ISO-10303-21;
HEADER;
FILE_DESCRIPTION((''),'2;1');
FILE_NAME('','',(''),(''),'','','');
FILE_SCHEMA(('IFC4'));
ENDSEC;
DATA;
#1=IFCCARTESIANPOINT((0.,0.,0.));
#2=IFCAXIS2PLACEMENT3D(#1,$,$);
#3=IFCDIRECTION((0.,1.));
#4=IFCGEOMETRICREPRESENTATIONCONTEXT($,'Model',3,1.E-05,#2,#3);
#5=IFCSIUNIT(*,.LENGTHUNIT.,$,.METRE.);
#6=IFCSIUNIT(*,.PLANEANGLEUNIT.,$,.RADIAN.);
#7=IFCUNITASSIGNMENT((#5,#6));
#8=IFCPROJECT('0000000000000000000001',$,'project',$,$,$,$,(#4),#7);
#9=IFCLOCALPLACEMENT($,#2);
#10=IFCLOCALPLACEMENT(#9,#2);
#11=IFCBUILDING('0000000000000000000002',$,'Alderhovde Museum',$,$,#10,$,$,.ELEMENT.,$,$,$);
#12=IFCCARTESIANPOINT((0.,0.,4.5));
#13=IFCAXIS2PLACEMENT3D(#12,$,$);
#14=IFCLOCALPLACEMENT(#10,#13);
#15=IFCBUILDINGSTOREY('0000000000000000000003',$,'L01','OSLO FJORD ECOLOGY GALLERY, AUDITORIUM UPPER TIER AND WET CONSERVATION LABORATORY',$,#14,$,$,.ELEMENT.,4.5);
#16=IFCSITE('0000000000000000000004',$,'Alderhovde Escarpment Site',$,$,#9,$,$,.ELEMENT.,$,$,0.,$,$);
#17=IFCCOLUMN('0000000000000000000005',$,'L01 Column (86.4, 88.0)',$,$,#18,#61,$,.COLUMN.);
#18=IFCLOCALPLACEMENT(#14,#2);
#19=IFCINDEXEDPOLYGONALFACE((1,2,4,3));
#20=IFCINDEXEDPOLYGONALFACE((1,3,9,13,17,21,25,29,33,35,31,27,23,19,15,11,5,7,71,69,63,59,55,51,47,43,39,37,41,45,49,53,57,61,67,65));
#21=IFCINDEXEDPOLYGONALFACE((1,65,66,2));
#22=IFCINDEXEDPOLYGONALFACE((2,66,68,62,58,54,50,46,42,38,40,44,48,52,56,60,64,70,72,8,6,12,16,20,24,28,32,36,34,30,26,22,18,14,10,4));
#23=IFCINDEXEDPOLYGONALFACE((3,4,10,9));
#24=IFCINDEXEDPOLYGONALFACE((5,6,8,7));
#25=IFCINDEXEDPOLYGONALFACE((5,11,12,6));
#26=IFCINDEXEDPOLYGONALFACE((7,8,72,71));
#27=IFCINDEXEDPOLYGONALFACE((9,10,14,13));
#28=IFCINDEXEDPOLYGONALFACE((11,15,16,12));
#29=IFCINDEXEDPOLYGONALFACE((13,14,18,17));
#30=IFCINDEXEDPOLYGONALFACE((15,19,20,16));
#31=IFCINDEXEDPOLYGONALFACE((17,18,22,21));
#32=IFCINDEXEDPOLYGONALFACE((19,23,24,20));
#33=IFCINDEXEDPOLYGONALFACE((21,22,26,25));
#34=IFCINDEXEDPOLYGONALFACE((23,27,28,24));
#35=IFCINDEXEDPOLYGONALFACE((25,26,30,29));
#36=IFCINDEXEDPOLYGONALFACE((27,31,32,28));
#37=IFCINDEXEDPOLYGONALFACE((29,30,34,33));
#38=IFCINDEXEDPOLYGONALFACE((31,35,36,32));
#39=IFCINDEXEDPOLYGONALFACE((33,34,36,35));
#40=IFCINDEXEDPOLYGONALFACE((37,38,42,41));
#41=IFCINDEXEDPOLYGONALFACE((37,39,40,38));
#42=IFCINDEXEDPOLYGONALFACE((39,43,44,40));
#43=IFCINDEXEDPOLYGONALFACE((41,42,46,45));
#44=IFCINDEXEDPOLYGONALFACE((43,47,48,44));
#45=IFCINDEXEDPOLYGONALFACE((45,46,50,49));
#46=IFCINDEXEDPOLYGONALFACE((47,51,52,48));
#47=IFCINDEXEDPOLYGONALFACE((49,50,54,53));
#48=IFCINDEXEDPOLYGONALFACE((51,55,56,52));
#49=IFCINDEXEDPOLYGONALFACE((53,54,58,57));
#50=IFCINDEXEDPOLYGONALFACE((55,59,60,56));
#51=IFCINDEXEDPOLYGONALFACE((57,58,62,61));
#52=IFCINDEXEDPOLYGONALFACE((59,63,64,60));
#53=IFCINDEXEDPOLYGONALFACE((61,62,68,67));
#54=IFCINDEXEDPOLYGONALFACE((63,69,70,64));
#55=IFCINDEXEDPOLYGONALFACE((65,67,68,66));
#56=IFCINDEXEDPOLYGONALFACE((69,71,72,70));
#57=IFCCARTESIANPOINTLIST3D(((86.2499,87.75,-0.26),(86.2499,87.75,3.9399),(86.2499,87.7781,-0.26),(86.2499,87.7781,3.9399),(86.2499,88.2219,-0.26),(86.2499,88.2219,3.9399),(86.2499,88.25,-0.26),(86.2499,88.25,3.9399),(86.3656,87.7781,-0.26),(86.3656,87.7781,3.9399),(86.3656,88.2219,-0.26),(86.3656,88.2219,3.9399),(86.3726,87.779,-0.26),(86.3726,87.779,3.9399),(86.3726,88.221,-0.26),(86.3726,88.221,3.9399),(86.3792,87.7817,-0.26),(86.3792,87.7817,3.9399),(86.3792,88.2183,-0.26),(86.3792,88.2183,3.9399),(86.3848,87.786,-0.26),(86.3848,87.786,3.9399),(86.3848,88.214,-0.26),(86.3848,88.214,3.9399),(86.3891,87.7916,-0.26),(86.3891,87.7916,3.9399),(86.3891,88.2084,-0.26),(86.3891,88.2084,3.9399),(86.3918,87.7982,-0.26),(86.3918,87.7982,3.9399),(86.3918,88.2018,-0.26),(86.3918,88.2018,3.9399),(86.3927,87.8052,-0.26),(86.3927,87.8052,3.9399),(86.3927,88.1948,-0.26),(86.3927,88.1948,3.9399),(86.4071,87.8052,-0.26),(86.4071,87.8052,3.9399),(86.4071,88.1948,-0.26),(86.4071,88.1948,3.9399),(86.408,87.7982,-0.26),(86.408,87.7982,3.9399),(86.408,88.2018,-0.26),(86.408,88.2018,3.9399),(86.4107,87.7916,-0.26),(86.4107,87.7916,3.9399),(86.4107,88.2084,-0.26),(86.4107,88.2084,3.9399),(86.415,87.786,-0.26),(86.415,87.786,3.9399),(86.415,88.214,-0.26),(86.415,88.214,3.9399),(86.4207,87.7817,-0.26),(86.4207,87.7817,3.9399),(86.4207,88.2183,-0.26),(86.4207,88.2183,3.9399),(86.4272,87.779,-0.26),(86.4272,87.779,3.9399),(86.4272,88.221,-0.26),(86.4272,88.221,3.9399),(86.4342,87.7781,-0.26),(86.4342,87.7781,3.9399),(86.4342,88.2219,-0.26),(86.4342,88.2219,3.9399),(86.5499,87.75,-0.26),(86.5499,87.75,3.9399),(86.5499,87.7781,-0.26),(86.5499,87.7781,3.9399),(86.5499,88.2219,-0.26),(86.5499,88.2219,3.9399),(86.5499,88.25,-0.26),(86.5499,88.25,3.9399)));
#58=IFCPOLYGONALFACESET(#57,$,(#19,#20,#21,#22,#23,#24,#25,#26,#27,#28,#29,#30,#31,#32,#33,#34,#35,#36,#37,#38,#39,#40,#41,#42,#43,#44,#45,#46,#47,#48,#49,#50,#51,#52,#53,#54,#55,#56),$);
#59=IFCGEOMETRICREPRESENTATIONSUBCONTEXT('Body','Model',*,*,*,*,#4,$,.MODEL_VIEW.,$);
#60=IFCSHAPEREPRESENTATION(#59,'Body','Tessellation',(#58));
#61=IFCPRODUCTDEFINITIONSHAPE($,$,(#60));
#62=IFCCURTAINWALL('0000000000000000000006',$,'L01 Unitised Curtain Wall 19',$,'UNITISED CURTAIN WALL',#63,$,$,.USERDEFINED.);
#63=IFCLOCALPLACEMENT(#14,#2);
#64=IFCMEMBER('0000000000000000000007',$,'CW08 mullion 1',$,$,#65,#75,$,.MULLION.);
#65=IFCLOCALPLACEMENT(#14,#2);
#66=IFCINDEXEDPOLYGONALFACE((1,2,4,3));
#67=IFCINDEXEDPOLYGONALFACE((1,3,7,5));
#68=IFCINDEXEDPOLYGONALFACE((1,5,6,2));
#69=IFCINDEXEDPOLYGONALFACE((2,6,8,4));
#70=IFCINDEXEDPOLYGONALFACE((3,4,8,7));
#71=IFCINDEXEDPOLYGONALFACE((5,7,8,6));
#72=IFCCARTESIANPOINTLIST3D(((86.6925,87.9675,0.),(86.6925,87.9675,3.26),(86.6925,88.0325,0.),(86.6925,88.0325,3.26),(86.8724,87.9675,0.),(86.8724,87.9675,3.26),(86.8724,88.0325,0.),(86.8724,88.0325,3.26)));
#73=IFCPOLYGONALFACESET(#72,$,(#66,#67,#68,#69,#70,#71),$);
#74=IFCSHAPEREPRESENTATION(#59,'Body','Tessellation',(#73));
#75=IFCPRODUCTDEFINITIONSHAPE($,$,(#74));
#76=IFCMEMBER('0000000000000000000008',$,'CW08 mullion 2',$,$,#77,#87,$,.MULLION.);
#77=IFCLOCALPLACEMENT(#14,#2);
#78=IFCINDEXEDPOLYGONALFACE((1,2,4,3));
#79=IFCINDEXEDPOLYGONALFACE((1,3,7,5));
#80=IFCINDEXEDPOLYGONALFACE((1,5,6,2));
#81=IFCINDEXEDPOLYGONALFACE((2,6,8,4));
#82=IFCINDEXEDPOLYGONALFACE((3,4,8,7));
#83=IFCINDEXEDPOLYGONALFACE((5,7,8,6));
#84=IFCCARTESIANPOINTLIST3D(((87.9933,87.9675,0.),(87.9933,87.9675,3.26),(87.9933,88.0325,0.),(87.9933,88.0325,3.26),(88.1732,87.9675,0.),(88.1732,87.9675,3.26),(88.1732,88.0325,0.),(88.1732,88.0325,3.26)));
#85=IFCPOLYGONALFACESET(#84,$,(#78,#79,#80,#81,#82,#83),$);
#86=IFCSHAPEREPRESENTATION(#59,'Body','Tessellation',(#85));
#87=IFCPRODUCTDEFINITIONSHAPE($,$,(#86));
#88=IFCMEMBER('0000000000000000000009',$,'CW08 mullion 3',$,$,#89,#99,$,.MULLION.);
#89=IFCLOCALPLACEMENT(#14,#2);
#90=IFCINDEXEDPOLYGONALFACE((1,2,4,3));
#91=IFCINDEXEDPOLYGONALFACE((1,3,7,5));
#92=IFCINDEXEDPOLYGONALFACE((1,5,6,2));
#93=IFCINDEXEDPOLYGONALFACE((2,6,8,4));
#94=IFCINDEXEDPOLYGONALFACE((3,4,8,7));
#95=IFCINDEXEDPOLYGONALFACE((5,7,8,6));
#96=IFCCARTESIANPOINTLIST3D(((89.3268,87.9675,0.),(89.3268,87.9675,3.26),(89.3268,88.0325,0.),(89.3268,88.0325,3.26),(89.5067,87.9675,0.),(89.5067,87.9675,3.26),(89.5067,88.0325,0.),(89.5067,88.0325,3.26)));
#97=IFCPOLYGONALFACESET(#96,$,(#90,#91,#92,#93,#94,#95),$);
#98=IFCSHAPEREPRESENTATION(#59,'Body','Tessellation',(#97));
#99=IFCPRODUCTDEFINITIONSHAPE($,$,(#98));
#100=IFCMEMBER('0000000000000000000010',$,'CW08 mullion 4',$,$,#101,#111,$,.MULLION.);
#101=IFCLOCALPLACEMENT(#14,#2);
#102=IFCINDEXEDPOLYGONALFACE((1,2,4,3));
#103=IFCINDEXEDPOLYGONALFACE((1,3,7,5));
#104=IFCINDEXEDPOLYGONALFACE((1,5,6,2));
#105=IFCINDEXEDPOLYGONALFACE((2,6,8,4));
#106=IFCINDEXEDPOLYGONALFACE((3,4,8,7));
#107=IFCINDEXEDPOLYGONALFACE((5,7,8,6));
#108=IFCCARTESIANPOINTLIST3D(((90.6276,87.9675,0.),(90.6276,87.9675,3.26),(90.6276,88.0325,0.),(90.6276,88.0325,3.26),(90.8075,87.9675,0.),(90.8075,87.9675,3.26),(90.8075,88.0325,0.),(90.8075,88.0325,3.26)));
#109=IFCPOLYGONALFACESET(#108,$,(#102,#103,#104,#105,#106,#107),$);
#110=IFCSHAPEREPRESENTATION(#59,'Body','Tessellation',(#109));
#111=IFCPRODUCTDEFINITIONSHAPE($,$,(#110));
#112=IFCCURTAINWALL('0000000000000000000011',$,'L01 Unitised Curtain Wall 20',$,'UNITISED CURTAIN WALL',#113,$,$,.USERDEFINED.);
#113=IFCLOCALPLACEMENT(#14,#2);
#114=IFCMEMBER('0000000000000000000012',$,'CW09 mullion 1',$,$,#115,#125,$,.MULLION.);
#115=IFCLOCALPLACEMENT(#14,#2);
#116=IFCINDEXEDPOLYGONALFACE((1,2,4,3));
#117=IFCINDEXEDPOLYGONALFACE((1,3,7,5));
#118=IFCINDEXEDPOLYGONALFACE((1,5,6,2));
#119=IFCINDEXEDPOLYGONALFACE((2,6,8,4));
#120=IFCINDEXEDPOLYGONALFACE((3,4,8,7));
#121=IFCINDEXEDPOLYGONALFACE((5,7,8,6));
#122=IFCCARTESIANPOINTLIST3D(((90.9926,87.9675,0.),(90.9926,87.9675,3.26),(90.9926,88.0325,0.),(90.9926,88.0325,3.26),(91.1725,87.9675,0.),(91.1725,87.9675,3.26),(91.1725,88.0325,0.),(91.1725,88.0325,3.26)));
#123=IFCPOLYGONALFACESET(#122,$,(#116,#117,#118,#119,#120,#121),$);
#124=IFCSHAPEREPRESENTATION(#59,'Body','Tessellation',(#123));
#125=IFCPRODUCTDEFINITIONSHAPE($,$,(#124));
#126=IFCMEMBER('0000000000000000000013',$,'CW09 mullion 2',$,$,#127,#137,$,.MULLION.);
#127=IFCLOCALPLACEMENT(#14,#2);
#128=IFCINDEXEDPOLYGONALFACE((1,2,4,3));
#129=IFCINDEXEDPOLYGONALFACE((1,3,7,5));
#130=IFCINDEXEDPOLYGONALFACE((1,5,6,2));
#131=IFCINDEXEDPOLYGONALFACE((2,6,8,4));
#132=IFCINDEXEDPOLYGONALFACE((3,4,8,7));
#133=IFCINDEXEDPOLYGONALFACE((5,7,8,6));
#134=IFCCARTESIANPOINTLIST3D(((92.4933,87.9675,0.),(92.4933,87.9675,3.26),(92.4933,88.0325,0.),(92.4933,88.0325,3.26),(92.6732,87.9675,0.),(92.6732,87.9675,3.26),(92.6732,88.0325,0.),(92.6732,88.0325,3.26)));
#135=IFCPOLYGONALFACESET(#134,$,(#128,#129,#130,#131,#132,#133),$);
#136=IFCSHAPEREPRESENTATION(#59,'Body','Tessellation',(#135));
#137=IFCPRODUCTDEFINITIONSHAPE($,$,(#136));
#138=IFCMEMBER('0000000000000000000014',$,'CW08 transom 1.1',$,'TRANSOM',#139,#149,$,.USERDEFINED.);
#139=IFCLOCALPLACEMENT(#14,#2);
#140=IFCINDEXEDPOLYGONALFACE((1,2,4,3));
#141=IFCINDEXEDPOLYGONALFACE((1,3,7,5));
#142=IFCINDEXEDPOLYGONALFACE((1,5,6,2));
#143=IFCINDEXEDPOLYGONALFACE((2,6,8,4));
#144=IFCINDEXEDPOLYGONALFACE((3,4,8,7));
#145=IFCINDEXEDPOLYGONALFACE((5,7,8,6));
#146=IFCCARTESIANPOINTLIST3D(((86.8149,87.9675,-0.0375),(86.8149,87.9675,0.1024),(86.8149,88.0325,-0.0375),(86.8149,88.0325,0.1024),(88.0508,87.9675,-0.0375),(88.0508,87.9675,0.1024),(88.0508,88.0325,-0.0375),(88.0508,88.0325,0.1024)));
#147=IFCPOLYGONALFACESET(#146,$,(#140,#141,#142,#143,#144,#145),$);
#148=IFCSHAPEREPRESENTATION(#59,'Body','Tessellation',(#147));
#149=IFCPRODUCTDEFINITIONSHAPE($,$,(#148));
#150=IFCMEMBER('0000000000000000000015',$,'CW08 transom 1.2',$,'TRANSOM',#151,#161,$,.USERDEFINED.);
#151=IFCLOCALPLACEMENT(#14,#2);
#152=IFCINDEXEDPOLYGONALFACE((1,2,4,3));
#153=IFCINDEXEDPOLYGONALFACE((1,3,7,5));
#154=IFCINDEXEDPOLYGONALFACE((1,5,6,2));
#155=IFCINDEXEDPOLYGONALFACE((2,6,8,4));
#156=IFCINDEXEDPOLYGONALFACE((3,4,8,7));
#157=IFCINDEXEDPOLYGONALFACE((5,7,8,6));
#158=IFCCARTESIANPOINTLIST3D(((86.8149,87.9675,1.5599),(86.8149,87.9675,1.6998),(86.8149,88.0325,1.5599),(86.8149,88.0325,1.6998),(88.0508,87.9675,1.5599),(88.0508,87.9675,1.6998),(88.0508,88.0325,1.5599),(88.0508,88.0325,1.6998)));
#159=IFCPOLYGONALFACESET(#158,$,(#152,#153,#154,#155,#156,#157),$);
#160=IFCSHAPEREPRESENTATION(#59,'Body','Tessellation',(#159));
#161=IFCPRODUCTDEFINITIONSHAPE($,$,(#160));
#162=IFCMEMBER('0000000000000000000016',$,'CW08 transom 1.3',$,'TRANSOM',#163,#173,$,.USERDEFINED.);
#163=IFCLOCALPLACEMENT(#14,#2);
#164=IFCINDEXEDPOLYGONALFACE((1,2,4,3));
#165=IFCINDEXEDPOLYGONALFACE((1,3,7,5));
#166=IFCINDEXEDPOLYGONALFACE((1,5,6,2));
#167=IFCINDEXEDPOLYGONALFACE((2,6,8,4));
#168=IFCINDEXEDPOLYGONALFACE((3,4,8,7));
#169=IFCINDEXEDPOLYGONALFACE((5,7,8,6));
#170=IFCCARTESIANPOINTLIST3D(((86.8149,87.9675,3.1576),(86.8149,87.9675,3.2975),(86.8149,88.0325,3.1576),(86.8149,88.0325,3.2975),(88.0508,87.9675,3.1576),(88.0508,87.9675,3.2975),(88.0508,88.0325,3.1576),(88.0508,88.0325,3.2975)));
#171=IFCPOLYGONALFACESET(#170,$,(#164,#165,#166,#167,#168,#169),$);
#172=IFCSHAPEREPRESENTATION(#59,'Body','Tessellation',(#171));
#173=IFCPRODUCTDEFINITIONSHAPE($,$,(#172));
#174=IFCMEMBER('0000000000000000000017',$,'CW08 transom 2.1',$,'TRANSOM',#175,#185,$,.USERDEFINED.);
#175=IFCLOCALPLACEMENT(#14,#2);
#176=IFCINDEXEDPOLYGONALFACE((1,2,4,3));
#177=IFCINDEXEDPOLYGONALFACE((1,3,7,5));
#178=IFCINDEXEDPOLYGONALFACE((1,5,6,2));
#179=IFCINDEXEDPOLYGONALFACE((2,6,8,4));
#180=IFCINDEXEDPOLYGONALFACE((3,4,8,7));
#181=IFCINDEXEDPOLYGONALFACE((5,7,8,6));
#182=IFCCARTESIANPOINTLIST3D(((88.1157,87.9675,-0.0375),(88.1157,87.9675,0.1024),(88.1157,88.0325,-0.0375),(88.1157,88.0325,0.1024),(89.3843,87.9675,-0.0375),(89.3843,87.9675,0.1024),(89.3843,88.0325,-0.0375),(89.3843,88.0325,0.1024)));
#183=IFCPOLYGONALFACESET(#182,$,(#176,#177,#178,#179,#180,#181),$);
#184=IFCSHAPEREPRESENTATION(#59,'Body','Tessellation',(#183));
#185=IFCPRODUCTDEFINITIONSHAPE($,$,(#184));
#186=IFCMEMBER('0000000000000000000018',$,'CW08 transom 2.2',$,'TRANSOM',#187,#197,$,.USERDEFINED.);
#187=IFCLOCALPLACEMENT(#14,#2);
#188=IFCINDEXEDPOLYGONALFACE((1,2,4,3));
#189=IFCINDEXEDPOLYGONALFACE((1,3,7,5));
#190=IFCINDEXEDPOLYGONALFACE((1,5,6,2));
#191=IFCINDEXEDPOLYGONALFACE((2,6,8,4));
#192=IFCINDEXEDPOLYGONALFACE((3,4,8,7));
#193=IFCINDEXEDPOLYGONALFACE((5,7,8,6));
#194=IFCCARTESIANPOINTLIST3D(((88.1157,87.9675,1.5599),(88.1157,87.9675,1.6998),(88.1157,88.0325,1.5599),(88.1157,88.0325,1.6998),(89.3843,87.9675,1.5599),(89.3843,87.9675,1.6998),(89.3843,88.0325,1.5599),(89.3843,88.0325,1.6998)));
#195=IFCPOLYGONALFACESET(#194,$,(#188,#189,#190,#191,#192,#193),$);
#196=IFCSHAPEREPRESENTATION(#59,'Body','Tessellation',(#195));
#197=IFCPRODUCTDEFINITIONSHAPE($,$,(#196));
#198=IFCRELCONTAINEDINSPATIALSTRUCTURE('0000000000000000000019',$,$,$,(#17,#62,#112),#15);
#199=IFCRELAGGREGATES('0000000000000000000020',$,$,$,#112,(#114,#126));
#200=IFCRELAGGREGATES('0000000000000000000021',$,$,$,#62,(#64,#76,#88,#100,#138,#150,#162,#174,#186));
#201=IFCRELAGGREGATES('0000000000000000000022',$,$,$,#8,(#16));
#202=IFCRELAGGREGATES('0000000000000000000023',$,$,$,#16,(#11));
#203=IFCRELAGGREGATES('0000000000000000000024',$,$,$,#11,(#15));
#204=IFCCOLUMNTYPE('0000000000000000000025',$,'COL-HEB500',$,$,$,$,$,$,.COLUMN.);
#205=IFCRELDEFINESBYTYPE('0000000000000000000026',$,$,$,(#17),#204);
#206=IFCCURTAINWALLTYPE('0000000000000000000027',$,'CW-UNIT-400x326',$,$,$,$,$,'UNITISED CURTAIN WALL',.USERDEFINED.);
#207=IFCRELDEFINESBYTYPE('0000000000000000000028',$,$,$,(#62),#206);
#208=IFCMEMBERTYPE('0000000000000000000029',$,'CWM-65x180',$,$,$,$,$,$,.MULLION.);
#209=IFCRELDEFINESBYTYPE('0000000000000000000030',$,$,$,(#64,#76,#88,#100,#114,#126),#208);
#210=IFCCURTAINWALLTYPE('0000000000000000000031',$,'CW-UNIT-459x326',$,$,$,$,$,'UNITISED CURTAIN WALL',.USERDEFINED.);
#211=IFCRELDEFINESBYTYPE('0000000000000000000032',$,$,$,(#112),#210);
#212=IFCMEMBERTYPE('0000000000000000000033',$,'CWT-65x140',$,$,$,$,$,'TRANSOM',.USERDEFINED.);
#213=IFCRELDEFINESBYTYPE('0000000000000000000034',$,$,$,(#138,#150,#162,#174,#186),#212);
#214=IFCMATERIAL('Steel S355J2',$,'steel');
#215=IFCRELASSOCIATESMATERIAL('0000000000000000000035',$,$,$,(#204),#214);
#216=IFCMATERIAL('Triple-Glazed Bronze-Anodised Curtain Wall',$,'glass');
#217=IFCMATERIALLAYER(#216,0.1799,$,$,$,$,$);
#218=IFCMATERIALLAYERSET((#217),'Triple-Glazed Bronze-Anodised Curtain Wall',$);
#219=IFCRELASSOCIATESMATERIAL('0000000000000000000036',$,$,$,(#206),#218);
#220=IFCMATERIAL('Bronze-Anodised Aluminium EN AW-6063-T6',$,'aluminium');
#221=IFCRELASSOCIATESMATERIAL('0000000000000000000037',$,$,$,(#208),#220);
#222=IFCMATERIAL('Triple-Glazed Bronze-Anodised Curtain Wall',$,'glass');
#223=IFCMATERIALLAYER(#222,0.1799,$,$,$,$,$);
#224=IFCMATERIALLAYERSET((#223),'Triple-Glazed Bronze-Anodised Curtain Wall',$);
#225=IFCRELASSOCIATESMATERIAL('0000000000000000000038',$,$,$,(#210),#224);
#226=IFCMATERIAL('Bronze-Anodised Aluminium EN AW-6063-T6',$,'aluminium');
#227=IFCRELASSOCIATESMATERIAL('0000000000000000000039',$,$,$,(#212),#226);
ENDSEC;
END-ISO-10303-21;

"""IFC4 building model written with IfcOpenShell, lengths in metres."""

from ifc_helpers import new_model, si_unit, direction, frame, origin, origin_2d, place, context, subcontext, project, spatial, rectangle, i_section, extrude, material, layer, layer_set, material_profile, profile_set, type_object, element, aggregate, save


model = new_model("IFC4")

# Units and contexts
model_context = context("Model", 3, precision=1e-05, world=origin(), true_north=direction((0.0, 1.0)))
body_context = subcontext(model_context, "Body", "Model", "MODEL_VIEW")
ifc_project = project(units=[si_unit("LENGTHUNIT", "METRE"), si_unit("PLANEANGLEUNIT", "RADIAN")], contexts=[model_context])

# Site, building, storey
site_placement = place(None, origin())
site = spatial("IfcSite", under=ifc_project, at=site_placement, Name="Alderhovde Escarpment Site", CompositionType="ELEMENT", RefElevation=0.0)
building_placement = place(site_placement, origin())
building = spatial("IfcBuilding", under=site, at=building_placement, Name="Alderhovde Museum", CompositionType="ELEMENT")
storey_placement = place(building_placement, frame((0.0, 0.0, 4.5)))
storey = spatial("IfcBuildingStorey", under=building, at=storey_placement, Name="L01", Description="OSLO FJORD ECOLOGY GALLERY, AUDITORIUM UPPER TIER AND WET CONSERVATION LABORATORY", CompositionType="ELEMENT", Elevation=4.5)

# Column
ifc_material_1 = material(Name="Steel S355J2", Category="steel")
ifc_material_profile_1 = material_profile(ifc_material_1, i_section(OverallWidth=0.3, OverallDepth=0.5, WebThickness=0.0144, FlangeThickness=0.0281, FilletRadius=0.0271, at=origin_2d()), Name="HEB 500")
ifc_profile_set_1 = profile_set([ifc_material_profile_1], Name="Steel S355J2")
column_type = type_object("IfcColumnType", Name="COL-HEB500", PredefinedType="COLUMN", material=ifc_profile_set_1)
column_placement = place(storey_placement, frame((86.3999, 88.0, -0.26), z_axis=(0.0, 0.0, 1.0), x_axis=(1.0, 0.0, 0.0)))
element("IfcColumn", 1, at=column_placement, inside=storey, type_object=column_type, Name="L01 Column (86.4, 88.0)", PredefinedType="COLUMN", context=body_context, shape_type="SweptSolid", body=[
    extrude(i_section(OverallWidth=0.3, OverallDepth=0.5, WebThickness=0.0144, FlangeThickness=0.0281, FilletRadius=0.0271, at=origin_2d()), origin(), (0.0, 0.0, 1.0), 4.2),
])

# Curtain walls, members
ifc_material_2 = material(Name="Triple-Glazed Bronze-Anodised Curtain Wall", Category="glass")
ifc_layer_1 = layer(ifc_material_2, 0.1799)
ifc_layer_set_1 = layer_set([ifc_layer_1], Name="Triple-Glazed Bronze-Anodised Curtain Wall")
curtain_wall_type_1 = type_object("IfcCurtainWallType", Name="CW-UNIT-400x326", ElementType="UNITISED CURTAIN WALL", PredefinedType="USERDEFINED", material=ifc_layer_set_1)
curtain_wall_1_placement = place(storey_placement, origin())
curtain_wall_1 = element("IfcCurtainWall", 2, at=curtain_wall_1_placement, inside=storey, type_object=curtain_wall_type_1, Name="L01 Unitised Curtain Wall 19", ObjectType="UNITISED CURTAIN WALL", PredefinedType="USERDEFINED")
ifc_material_3 = material(Name="Bronze-Anodised Aluminium EN AW-6063-T6", Category="aluminium")
ifc_material_profile_2 = material_profile(ifc_material_3, rectangle(XDim=0.0649, YDim=0.1799, at=origin_2d()), Name="MULLION 65x180")
ifc_profile_set_2 = profile_set([ifc_material_profile_2], Name="Bronze-Anodised Aluminium EN AW-6063-T6")
member_type_1 = type_object("IfcMemberType", Name="CWM-65x180", PredefinedType="MULLION", material=ifc_profile_set_2)
member_1_placement = place(storey_placement, frame((86.7825, 88.0, 0.0), z_axis=(0.0, 0.0, 1.0), x_axis=(0.0, 1.0, 0.0)))
member_1 = element("IfcMember", 3, at=member_1_placement, type_object=member_type_1, Name="CW08 mullion 1", PredefinedType="MULLION", context=body_context, shape_type="SweptSolid", body=[
    extrude(rectangle(XDim=0.0649, YDim=0.1799, at=origin_2d()), origin(), (0.0, 0.0, 1.0), 3.26),
])
member_2_placement = place(storey_placement, frame((88.0833, 88.0, 0.0), z_axis=(0.0, 0.0, 1.0), x_axis=(0.0, 1.0, 0.0)))
member_2 = element("IfcMember", 4, at=member_2_placement, type_object=member_type_1, Name="CW08 mullion 2", PredefinedType="MULLION", context=body_context, shape_type="SweptSolid", body=[
    extrude(rectangle(XDim=0.0649, YDim=0.1799, at=origin_2d()), origin(), (0.0, 0.0, 1.0), 3.26),
])
member_3_placement = place(storey_placement, frame((89.4167, 88.0, 0.0), z_axis=(0.0, 0.0, 1.0), x_axis=(0.0, 1.0, 0.0)))
member_3 = element("IfcMember", 5, at=member_3_placement, type_object=member_type_1, Name="CW08 mullion 3", PredefinedType="MULLION", context=body_context, shape_type="SweptSolid", body=[
    extrude(rectangle(XDim=0.0649, YDim=0.1799, at=origin_2d()), origin(), (0.0, 0.0, 1.0), 3.26),
])
member_4_placement = place(storey_placement, frame((90.7175, 88.0, 0.0), z_axis=(0.0, 0.0, 1.0), x_axis=(0.0, 1.0, 0.0)))
member_4 = element("IfcMember", 6, at=member_4_placement, type_object=member_type_1, Name="CW08 mullion 4", PredefinedType="MULLION", context=body_context, shape_type="SweptSolid", body=[
    extrude(rectangle(XDim=0.0649, YDim=0.1799, at=origin_2d()), origin(), (0.0, 0.0, 1.0), 3.26),
])
ifc_material_4 = material(Name="Triple-Glazed Bronze-Anodised Curtain Wall", Category="glass")
ifc_layer_2 = layer(ifc_material_4, 0.1799)
ifc_layer_set_2 = layer_set([ifc_layer_2], Name="Triple-Glazed Bronze-Anodised Curtain Wall")
curtain_wall_type_2 = type_object("IfcCurtainWallType", Name="CW-UNIT-459x326", ElementType="UNITISED CURTAIN WALL", PredefinedType="USERDEFINED", material=ifc_layer_set_2)
curtain_wall_2_placement = place(storey_placement, origin())
curtain_wall_2 = element("IfcCurtainWall", 7, at=curtain_wall_2_placement, inside=storey, type_object=curtain_wall_type_2, Name="L01 Unitised Curtain Wall 20", ObjectType="UNITISED CURTAIN WALL", PredefinedType="USERDEFINED")
member_5_placement = place(storey_placement, frame((91.0825, 88.0, 0.0), z_axis=(0.0, 0.0, 1.0), x_axis=(0.0, 1.0, 0.0)))
member_5 = element("IfcMember", 8, at=member_5_placement, type_object=member_type_1, Name="CW09 mullion 1", PredefinedType="MULLION", context=body_context, shape_type="SweptSolid", body=[
    extrude(rectangle(XDim=0.0649, YDim=0.1799, at=origin_2d()), origin(), (0.0, 0.0, 1.0), 3.26),
])
member_6_placement = place(storey_placement, frame((92.5833, 88.0, 0.0), z_axis=(0.0, 0.0, 1.0), x_axis=(0.0, 1.0, 0.0)))
member_6 = element("IfcMember", 9, at=member_6_placement, type_object=member_type_1, Name="CW09 mullion 2", PredefinedType="MULLION", context=body_context, shape_type="SweptSolid", body=[
    extrude(rectangle(XDim=0.0649, YDim=0.1799, at=origin_2d()), origin(), (0.0, 0.0, 1.0), 3.26),
])

# Members
ifc_material_5 = material(Name="Bronze-Anodised Aluminium EN AW-6063-T6", Category="aluminium")
ifc_material_profile_3 = material_profile(ifc_material_5, rectangle(XDim=0.0649, YDim=0.1399, at=origin_2d()), Name="TRANSOM 65x140")
ifc_profile_set_3 = profile_set([ifc_material_profile_3], Name="Bronze-Anodised Aluminium EN AW-6063-T6")
member_type_2 = type_object("IfcMemberType", Name="CWT-65x140", ElementType="TRANSOM", PredefinedType="USERDEFINED", material=ifc_profile_set_3)
member_7_placement = place(storey_placement, frame((86.8149, 88.0, 0.0325), z_axis=(1.0, 0.0, 0.0), x_axis=(0.0, 1.0, 0.0)))
member_7 = element("IfcMember", 10, at=member_7_placement, type_object=member_type_2, Name="CW08 transom 1.1", ObjectType="TRANSOM", PredefinedType="USERDEFINED", context=body_context, shape_type="SweptSolid", body=[
    extrude(rectangle(XDim=0.0649, YDim=0.1399, at=origin_2d()), origin(), (0.0, 0.0, 1.0), 1.2358),
])
member_8_placement = place(storey_placement, frame((86.8149, 88.0, 1.6299), z_axis=(1.0, 0.0, 0.0), x_axis=(0.0, 1.0, 0.0)))
member_8 = element("IfcMember", 11, at=member_8_placement, type_object=member_type_2, Name="CW08 transom 1.2", ObjectType="TRANSOM", PredefinedType="USERDEFINED", context=body_context, shape_type="SweptSolid", body=[
    extrude(rectangle(XDim=0.0649, YDim=0.1399, at=origin_2d()), origin(), (0.0, 0.0, 1.0), 1.2358),
])
member_9_placement = place(storey_placement, frame((86.8149, 88.0, 3.2275), z_axis=(1.0, 0.0, 0.0), x_axis=(0.0, 1.0, 0.0)))
member_9 = element("IfcMember", 12, at=member_9_placement, type_object=member_type_2, Name="CW08 transom 1.3", ObjectType="TRANSOM", PredefinedType="USERDEFINED", context=body_context, shape_type="SweptSolid", body=[
    extrude(rectangle(XDim=0.0649, YDim=0.1399, at=origin_2d()), origin(), (0.0, 0.0, 1.0), 1.2358),
])
member_10_placement = place(storey_placement, frame((88.1157, 88.0, 0.0325), z_axis=(1.0, 0.0, 0.0), x_axis=(0.0, 1.0, 0.0)))
member_10 = element("IfcMember", 13, at=member_10_placement, type_object=member_type_2, Name="CW08 transom 2.1", ObjectType="TRANSOM", PredefinedType="USERDEFINED", context=body_context, shape_type="SweptSolid", body=[
    extrude(rectangle(XDim=0.0649, YDim=0.1399, at=origin_2d()), origin(), (0.0, 0.0, 1.0), 1.2686),
])
member_11_placement = place(storey_placement, frame((88.1157, 88.0, 1.6299), z_axis=(1.0, 0.0, 0.0), x_axis=(0.0, 1.0, 0.0)))
member_11 = element("IfcMember", 14, at=member_11_placement, type_object=member_type_2, Name="CW08 transom 2.2", ObjectType="TRANSOM", PredefinedType="USERDEFINED", context=body_context, shape_type="SweptSolid", body=[
    extrude(rectangle(XDim=0.0649, YDim=0.1399, at=origin_2d()), origin(), (0.0, 0.0, 1.0), 1.2686),
])

aggregate(curtain_wall_2, [member_5, member_6])
aggregate(curtain_wall_1, [member_1, member_2, member_3, member_4, member_7, member_8, member_9, member_10, member_11])

save(model, "model.ifc")
